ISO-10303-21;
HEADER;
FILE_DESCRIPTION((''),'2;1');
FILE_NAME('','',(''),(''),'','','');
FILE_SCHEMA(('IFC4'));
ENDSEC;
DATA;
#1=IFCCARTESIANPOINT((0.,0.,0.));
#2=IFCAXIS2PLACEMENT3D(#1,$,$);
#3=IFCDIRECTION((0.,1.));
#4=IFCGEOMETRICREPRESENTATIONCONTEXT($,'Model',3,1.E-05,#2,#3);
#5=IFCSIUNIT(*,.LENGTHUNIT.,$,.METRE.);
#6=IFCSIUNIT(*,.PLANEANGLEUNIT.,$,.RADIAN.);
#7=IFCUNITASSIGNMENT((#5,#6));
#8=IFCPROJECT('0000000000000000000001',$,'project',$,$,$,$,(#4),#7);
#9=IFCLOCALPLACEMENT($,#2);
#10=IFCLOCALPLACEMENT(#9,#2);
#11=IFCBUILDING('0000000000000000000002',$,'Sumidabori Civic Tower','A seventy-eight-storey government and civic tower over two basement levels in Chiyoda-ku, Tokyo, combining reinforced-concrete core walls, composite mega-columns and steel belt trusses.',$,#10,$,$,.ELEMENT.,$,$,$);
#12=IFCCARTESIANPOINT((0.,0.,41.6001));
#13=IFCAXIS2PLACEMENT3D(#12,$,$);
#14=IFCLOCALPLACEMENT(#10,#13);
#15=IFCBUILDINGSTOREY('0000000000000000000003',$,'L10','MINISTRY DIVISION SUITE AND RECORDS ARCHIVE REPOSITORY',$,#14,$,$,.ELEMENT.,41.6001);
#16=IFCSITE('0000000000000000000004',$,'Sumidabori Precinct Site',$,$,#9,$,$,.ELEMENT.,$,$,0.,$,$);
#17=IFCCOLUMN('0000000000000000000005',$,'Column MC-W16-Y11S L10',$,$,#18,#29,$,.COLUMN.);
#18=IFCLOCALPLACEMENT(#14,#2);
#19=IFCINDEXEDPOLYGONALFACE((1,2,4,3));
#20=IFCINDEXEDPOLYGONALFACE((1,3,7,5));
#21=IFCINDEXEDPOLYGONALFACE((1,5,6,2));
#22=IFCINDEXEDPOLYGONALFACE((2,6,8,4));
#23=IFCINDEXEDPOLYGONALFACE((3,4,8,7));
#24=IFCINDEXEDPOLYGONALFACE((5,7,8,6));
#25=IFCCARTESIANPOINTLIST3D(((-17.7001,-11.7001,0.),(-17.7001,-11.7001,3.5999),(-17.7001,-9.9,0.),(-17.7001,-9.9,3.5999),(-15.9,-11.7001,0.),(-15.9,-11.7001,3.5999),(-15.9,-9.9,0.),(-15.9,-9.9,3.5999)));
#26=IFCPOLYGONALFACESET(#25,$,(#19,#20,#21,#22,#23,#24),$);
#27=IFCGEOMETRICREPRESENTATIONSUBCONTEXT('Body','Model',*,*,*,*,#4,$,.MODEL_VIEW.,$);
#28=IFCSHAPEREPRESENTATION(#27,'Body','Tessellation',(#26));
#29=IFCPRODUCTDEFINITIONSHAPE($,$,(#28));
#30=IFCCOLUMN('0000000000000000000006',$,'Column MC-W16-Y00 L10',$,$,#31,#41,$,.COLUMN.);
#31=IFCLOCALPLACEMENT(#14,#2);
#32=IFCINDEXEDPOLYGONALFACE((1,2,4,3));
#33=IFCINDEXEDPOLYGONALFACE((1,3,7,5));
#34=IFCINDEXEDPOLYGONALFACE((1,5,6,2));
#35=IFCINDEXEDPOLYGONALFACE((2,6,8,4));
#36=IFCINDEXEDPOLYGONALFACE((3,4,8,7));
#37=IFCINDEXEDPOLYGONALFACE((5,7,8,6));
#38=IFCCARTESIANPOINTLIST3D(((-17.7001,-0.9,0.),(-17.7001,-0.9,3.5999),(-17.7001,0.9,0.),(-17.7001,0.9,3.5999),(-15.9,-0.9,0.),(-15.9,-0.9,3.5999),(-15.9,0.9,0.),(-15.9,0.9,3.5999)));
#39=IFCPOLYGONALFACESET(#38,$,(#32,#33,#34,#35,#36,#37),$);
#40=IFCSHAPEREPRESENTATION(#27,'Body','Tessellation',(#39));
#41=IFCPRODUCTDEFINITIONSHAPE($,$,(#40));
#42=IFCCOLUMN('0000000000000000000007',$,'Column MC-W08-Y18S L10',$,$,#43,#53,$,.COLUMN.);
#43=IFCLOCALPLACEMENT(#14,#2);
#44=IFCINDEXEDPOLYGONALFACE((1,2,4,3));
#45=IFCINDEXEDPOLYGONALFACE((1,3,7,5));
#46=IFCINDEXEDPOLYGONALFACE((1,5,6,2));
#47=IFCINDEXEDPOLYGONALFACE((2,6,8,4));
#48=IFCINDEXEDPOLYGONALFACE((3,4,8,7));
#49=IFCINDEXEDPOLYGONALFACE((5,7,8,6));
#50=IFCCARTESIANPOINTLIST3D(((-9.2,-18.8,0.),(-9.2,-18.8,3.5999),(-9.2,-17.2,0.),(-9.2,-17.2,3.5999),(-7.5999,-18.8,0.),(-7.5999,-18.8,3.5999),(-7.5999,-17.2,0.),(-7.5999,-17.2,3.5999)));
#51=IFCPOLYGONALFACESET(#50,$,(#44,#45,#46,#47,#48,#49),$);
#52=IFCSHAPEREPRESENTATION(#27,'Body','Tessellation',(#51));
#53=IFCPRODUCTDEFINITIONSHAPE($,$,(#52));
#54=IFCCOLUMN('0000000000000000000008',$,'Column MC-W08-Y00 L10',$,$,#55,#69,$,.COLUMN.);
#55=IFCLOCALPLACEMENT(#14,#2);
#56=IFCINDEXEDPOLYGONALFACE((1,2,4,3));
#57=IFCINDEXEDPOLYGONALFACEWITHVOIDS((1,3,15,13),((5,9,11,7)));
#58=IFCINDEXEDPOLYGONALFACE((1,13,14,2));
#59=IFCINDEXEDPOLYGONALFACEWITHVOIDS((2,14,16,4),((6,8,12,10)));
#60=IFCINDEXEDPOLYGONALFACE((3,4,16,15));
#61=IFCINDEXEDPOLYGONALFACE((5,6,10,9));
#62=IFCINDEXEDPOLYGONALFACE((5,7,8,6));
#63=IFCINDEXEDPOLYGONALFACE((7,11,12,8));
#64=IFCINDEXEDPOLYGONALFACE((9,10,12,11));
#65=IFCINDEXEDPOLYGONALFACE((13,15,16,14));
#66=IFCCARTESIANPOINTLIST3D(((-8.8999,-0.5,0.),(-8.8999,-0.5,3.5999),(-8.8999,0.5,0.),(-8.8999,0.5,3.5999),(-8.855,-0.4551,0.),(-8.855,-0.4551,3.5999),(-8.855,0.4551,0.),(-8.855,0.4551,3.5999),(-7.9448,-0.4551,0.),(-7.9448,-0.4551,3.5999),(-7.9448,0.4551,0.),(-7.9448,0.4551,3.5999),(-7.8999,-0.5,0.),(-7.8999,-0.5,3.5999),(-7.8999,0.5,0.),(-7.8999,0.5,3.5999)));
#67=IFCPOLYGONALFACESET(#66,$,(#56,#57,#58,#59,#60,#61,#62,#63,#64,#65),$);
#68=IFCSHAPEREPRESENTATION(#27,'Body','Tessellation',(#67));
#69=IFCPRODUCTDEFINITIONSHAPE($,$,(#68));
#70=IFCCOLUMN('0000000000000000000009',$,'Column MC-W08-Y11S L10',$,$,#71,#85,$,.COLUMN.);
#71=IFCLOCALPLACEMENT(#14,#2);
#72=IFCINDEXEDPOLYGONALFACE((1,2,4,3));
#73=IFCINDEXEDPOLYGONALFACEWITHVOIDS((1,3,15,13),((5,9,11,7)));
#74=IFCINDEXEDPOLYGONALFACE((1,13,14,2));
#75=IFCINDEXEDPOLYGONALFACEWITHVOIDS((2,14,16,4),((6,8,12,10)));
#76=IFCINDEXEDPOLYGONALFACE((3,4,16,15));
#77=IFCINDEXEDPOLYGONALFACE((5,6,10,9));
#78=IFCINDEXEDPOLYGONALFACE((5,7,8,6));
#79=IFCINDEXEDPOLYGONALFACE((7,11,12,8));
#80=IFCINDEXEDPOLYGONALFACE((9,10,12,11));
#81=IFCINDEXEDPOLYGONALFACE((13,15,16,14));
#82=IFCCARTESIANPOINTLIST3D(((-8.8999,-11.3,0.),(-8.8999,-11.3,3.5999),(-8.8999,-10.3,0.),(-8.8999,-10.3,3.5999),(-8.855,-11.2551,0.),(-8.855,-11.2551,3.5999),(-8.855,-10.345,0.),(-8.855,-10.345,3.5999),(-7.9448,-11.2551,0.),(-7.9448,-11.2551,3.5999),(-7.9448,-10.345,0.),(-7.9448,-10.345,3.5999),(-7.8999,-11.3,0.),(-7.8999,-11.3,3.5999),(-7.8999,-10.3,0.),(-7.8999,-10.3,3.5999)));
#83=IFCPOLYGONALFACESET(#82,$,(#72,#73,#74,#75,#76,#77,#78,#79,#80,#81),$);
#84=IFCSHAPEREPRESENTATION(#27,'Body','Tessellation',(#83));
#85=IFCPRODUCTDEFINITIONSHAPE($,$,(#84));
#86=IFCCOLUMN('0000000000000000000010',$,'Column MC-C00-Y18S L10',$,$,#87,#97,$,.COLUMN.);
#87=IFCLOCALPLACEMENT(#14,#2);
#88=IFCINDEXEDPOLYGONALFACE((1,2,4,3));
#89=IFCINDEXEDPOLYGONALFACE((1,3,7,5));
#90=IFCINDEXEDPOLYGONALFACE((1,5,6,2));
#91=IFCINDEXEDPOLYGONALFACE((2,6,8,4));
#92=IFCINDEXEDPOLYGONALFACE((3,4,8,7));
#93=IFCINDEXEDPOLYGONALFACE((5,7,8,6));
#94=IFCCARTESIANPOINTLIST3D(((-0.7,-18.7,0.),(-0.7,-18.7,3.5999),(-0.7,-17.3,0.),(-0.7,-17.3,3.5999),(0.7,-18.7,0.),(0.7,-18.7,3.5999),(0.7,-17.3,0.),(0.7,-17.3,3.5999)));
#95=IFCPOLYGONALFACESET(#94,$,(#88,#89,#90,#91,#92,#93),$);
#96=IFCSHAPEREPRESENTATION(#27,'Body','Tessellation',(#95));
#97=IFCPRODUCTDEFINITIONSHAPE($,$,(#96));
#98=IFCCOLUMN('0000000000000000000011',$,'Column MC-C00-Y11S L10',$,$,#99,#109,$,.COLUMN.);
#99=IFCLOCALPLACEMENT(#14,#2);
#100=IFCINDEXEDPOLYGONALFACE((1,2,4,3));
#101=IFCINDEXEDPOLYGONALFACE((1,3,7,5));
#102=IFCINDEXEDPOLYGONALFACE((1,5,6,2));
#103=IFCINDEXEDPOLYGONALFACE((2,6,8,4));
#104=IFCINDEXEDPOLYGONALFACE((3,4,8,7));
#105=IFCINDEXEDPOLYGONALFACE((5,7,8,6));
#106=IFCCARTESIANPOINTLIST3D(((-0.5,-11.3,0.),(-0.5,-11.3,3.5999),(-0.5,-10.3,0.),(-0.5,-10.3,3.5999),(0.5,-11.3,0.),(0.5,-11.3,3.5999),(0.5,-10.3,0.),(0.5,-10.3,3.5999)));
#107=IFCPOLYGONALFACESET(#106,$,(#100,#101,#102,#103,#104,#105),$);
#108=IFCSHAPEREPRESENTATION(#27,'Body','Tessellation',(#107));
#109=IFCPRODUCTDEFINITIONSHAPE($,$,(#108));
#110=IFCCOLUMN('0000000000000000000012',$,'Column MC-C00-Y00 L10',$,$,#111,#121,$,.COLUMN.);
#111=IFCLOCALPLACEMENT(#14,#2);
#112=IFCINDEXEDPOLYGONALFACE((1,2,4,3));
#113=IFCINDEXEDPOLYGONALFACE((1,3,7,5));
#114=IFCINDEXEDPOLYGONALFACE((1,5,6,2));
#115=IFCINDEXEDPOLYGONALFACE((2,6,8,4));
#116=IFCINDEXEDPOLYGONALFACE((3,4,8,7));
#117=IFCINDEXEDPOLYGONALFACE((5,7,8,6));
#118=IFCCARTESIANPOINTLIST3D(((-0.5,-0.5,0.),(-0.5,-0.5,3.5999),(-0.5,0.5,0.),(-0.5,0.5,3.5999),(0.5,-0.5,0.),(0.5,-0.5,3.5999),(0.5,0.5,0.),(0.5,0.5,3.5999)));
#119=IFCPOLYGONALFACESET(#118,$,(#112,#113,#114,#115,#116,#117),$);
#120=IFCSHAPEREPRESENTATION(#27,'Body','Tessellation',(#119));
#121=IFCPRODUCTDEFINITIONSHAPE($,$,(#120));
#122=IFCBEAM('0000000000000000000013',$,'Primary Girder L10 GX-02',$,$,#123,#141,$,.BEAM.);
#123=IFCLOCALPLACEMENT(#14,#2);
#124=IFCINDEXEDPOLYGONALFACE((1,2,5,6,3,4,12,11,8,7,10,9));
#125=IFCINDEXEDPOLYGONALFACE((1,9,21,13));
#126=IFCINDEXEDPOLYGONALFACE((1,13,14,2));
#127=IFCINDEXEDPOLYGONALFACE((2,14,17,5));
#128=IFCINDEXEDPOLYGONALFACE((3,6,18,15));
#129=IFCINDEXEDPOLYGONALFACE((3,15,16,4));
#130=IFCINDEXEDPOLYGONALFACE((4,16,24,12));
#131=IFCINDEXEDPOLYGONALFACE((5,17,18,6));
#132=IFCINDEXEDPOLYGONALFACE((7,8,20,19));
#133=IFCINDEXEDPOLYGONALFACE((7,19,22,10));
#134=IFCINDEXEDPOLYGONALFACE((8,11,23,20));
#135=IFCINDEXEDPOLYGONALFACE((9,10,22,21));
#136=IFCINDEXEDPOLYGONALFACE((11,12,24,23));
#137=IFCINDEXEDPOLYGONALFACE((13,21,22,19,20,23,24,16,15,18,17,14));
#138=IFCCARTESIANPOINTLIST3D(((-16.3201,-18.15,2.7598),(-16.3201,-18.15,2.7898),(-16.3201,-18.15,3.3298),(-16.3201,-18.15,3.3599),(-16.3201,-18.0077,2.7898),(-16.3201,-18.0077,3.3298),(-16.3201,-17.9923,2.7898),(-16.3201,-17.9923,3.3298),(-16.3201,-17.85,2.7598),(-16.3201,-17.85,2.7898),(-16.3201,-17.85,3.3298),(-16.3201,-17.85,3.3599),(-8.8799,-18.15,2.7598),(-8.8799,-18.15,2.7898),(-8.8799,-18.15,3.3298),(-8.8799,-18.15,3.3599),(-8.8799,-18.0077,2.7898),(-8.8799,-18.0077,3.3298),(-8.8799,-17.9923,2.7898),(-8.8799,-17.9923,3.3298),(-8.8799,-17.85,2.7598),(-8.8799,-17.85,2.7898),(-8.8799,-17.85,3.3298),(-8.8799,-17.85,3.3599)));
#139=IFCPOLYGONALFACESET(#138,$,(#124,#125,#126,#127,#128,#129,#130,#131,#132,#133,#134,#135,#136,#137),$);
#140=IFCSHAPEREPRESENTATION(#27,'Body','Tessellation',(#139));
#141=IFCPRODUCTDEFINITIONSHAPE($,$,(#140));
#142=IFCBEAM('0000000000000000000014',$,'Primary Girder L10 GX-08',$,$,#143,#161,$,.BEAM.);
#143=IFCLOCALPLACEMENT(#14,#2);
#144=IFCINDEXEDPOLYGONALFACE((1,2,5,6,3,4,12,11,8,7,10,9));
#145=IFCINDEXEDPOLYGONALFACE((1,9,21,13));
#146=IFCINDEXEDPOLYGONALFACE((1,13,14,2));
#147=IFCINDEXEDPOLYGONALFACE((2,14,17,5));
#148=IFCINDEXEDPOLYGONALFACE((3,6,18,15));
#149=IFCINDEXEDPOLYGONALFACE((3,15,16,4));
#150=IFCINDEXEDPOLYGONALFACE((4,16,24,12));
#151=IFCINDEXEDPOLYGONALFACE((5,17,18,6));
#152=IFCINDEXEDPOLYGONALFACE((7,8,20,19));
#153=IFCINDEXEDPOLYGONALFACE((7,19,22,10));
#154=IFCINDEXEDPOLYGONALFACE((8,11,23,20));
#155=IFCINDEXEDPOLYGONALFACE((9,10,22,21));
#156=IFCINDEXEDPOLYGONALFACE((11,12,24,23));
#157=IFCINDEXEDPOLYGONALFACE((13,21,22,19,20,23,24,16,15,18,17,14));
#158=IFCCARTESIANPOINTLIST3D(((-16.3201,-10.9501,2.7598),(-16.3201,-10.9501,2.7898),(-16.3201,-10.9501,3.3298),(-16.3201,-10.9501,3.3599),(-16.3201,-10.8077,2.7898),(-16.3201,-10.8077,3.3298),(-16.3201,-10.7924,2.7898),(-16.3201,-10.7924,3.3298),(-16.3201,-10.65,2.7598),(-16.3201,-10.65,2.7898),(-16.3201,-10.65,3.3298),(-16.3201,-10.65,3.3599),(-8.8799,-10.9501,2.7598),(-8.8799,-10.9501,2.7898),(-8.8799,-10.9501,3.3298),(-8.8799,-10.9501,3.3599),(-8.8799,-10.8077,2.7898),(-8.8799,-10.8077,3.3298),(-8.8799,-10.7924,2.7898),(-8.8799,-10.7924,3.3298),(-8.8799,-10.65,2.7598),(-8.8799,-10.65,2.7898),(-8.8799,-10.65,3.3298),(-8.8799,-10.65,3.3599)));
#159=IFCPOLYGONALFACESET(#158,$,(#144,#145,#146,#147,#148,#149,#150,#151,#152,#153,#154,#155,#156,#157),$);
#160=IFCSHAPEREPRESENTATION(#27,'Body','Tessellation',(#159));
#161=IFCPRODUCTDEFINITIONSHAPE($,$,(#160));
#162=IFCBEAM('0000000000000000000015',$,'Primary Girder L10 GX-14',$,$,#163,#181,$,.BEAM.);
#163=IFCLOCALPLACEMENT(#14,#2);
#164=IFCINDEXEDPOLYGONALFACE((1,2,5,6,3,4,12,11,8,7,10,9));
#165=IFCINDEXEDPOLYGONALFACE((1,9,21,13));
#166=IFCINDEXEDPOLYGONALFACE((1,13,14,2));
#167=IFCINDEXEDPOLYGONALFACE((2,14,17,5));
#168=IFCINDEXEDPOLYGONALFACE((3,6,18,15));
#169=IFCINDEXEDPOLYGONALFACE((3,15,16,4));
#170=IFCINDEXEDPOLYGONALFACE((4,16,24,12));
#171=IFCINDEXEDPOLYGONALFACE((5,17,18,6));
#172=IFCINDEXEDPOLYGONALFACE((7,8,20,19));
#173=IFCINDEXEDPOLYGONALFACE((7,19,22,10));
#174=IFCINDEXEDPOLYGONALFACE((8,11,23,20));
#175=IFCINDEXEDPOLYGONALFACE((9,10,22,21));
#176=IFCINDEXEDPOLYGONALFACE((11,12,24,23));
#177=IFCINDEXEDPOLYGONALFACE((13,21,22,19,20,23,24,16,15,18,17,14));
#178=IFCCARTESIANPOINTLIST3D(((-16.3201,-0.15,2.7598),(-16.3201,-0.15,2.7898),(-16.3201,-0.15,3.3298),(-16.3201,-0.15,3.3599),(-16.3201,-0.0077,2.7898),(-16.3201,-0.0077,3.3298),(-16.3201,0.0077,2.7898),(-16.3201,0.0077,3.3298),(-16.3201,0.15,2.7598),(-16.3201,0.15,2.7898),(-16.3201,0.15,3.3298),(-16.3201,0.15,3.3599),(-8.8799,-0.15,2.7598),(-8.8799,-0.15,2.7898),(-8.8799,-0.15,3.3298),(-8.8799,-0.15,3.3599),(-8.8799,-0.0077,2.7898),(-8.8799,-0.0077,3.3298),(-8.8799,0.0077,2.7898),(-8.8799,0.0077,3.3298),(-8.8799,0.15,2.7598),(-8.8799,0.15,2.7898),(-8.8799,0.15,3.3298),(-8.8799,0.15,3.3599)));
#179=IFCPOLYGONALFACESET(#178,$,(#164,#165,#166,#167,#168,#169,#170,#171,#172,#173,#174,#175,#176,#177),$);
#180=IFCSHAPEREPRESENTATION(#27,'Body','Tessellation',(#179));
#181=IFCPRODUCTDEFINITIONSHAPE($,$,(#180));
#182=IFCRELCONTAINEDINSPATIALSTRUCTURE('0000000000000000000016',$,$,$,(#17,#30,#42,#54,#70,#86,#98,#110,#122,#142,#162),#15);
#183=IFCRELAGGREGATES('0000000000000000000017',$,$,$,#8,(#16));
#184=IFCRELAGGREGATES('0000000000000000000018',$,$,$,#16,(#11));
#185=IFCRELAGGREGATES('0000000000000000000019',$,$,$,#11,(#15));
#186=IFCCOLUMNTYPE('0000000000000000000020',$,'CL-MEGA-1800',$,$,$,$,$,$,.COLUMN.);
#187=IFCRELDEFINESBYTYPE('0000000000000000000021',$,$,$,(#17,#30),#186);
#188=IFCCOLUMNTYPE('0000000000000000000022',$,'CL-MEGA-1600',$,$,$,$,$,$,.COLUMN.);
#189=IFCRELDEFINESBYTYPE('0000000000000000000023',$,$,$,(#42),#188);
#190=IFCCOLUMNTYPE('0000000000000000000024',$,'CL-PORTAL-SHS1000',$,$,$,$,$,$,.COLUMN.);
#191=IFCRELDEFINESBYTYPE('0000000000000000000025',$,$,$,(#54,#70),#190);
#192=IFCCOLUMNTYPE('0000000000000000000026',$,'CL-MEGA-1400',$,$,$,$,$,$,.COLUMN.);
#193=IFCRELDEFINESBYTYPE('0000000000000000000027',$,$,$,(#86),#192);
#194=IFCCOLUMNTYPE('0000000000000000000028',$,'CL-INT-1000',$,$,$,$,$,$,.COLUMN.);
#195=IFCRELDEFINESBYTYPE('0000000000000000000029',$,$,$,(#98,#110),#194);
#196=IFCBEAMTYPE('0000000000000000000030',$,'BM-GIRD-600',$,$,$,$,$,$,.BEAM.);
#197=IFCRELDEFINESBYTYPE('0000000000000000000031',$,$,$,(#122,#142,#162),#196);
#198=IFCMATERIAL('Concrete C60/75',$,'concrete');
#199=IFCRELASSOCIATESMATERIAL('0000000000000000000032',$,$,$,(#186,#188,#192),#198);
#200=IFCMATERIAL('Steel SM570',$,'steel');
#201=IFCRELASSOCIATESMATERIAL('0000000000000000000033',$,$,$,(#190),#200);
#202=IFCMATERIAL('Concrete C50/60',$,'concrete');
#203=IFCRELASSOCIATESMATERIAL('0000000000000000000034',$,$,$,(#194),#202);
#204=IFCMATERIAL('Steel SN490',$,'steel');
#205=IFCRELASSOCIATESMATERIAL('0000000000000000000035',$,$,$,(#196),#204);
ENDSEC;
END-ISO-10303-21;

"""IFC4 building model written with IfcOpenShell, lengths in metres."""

from ifc_helpers import new_model, si_unit, direction, frame, origin, origin_2d, place, context, subcontext, project, spatial, rectangle, hollow_rectangle, i_section, extrude, source, transform, mapped, material, material_profile, profile_set, type_object, element, save


model = new_model("IFC4")

# Units and contexts
model_context = context("Model", 3, precision=1e-05, world=origin(), true_north=direction((0.0, 1.0)))
body_context = subcontext(model_context, "Body", "Model", "MODEL_VIEW")
ifc_project = project(units=[si_unit("LENGTHUNIT", "METRE"), si_unit("PLANEANGLEUNIT", "RADIAN")], contexts=[model_context])

# Site, building, storey
site_placement = place(None, origin())
site = spatial("IfcSite", under=ifc_project, at=site_placement, Name="Sumidabori Precinct Site", CompositionType="ELEMENT", RefElevation=0.0)
building_placement = place(site_placement, origin())
building = spatial("IfcBuilding", under=site, at=building_placement, Name="Sumidabori Civic Tower", Description="A seventy-eight-storey government and civic tower over two basement levels in Chiyoda-ku, Tokyo, combining reinforced-concrete core walls, composite mega-columns and steel belt trusses.", CompositionType="ELEMENT")
storey_placement = place(building_placement, frame((0.0, 0.0, 41.6001)))
storey = spatial("IfcBuildingStorey", under=building, at=storey_placement, Name="L10", Description="MINISTRY DIVISION SUITE AND RECORDS ARCHIVE REPOSITORY", CompositionType="ELEMENT", Elevation=41.6001)

# Columns
ifc_material_1 = material(Name="Concrete C60/75", Category="concrete")
ifc_material_profile_1 = material_profile(ifc_material_1, rectangle(XDim=1.8, YDim=1.8, at=origin_2d()), Name="RC 1800x1800")
ifc_profile_set_1 = profile_set([ifc_material_profile_1], Name="Concrete C60/75")
column_type_1 = type_object("IfcColumnType", Name="CL-MEGA-1800", PredefinedType="COLUMN", material=ifc_profile_set_1)
shared_shape_1 = source(origin(), body_context, "Body", "SweptSolid", [
    extrude(rectangle(XDim=1.8, YDim=1.8, at=origin_2d()), origin(), (0.0, 0.0, 1.0), 3.5999),
])
for number, where, z_axis, x_axis, name in (
    (1, (-16.8, -10.8, 0.0), (0.0, 0.0, 1.0), (1.0, 0.0, 0.0), "Column MC-W16-Y11S L10"),
    (2, (-16.8, 0.0, 0.0), (0.0, 0.0, 1.0), (1.0, 0.0, 0.0), "Column MC-W16-Y00 L10"),
):
    element("IfcColumn", number, at=place(storey_placement, frame(where, z_axis=z_axis, x_axis=x_axis)), inside=storey, type_object=column_type_1, Name=name, PredefinedType="COLUMN", context=body_context, shape_type="MappedRepresentation", body=[
        mapped(shared_shape_1, transform((0.0, 0.0, 0.0), x_axis=(1.0, 0.0, 0.0), y_axis=(0.0, 1.0, 0.0), z_axis=(0.0, 0.0, 1.0), scale=1.0)),
    ])
ifc_material_profile_2 = material_profile(ifc_material_1, rectangle(XDim=1.6001, YDim=1.6001, at=origin_2d()), Name="RC 1600x1600")
ifc_profile_set_2 = profile_set([ifc_material_profile_2], Name="Concrete C60/75")
column_type_2 = type_object("IfcColumnType", Name="CL-MEGA-1600", PredefinedType="COLUMN", material=ifc_profile_set_2)
shared_shape_2 = source(origin(), body_context, "Body", "SweptSolid", [
    extrude(rectangle(XDim=1.6001, YDim=1.6001, at=origin_2d()), origin(), (0.0, 0.0, 1.0), 3.5999),
])
column_1_placement = place(storey_placement, frame((-8.3999, -18.0, 0.0), z_axis=(0.0, 0.0, 1.0), x_axis=(1.0, 0.0, 0.0)))
element("IfcColumn", 3, at=column_1_placement, inside=storey, type_object=column_type_2, Name="Column MC-W08-Y18S L10", PredefinedType="COLUMN", context=body_context, shape_type="MappedRepresentation", body=[
    mapped(shared_shape_2, transform((0.0, 0.0, 0.0), x_axis=(1.0, 0.0, 0.0), y_axis=(0.0, 1.0, 0.0), z_axis=(0.0, 0.0, 1.0), scale=1.0)),
])
ifc_material_2 = material(Name="Steel SM570", Category="steel")
ifc_material_profile_3 = material_profile(ifc_material_2, hollow_rectangle(XDim=1.0, YDim=1.0, WallThickness=0.0449, at=origin_2d()), Name="SHS 1000x1000x45")
ifc_profile_set_3 = profile_set([ifc_material_profile_3], Name="Steel SM570")
column_type_3 = type_object("IfcColumnType", Name="CL-PORTAL-SHS1000", PredefinedType="COLUMN", material=ifc_profile_set_3)
shared_shape_3 = source(origin(), body_context, "Body", "SweptSolid", [
    extrude(hollow_rectangle(XDim=1.0, YDim=1.0, WallThickness=0.0449, at=origin_2d()), origin(), (0.0, 0.0, 1.0), 3.5999),
])
for number, where, z_axis, x_axis, name in (
    (4, (-8.3999, 0.0, 0.0), (0.0, 0.0, 1.0), (1.0, 0.0, 0.0), "Column MC-W08-Y00 L10"),
    (5, (-8.3999, -10.8, 0.0), (0.0, 0.0, 1.0), (1.0, 0.0, 0.0), "Column MC-W08-Y11S L10"),
):
    element("IfcColumn", number, at=place(storey_placement, frame(where, z_axis=z_axis, x_axis=x_axis)), inside=storey, type_object=column_type_3, Name=name, PredefinedType="COLUMN", context=body_context, shape_type="MappedRepresentation", body=[
        mapped(shared_shape_3, transform((0.0, 0.0, 0.0), x_axis=(1.0, 0.0, 0.0), y_axis=(0.0, 1.0, 0.0), z_axis=(0.0, 0.0, 1.0), scale=1.0)),
    ])
ifc_material_profile_4 = material_profile(ifc_material_1, rectangle(XDim=1.3999, YDim=1.3999, at=origin_2d()), Name="RC 1400x1400")
ifc_profile_set_4 = profile_set([ifc_material_profile_4], Name="Concrete C60/75")
column_type_4 = type_object("IfcColumnType", Name="CL-MEGA-1400", PredefinedType="COLUMN", material=ifc_profile_set_4)
shared_shape_4 = source(origin(), body_context, "Body", "SweptSolid", [
    extrude(rectangle(XDim=1.3999, YDim=1.3999, at=origin_2d()), origin(), (0.0, 0.0, 1.0), 3.5999),
])
column_2_placement = place(storey_placement, frame((0.0, -18.0, 0.0), z_axis=(0.0, 0.0, 1.0), x_axis=(1.0, 0.0, 0.0)))
element("IfcColumn", 6, at=column_2_placement, inside=storey, type_object=column_type_4, Name="Column MC-C00-Y18S L10", PredefinedType="COLUMN", context=body_context, shape_type="MappedRepresentation", body=[
    mapped(shared_shape_4, transform((0.0, 0.0, 0.0), x_axis=(1.0, 0.0, 0.0), y_axis=(0.0, 1.0, 0.0), z_axis=(0.0, 0.0, 1.0), scale=1.0)),
])
ifc_material_3 = material(Name="Concrete C50/60", Category="concrete")
ifc_material_profile_5 = material_profile(ifc_material_3, rectangle(XDim=1.0, YDim=1.0, at=origin_2d()), Name="RC 1000x1000")
ifc_profile_set_5 = profile_set([ifc_material_profile_5], Name="Concrete C50/60")
column_type_5 = type_object("IfcColumnType", Name="CL-INT-1000", PredefinedType="COLUMN", material=ifc_profile_set_5)
shared_shape_5 = source(origin(), body_context, "Body", "SweptSolid", [
    extrude(rectangle(XDim=1.0, YDim=1.0, at=origin_2d()), origin(), (0.0, 0.0, 1.0), 3.5999),
])
for number, where, z_axis, x_axis, name in (
    (7, (0.0, -10.8, 0.0), (0.0, 0.0, 1.0), (1.0, 0.0, 0.0), "Column MC-C00-Y11S L10"),
    (8, (0.0, 0.0, 0.0), (0.0, 0.0, 1.0), (1.0, 0.0, 0.0), "Column MC-C00-Y00 L10"),
):
    element("IfcColumn", number, at=place(storey_placement, frame(where, z_axis=z_axis, x_axis=x_axis)), inside=storey, type_object=column_type_5, Name=name, PredefinedType="COLUMN", context=body_context, shape_type="MappedRepresentation", body=[
        mapped(shared_shape_5, transform((0.0, 0.0, 0.0), x_axis=(1.0, 0.0, 0.0), y_axis=(0.0, 1.0, 0.0), z_axis=(0.0, 0.0, 1.0), scale=1.0)),
    ])

# Beams
ifc_material_4 = material(Name="Steel SN490", Category="steel")
ifc_material_profile_6 = material_profile(ifc_material_4, i_section(OverallWidth=0.3, OverallDepth=0.6001, WebThickness=0.0154, FlangeThickness=0.03, at=origin_2d()), Name="HE 600 B")
ifc_profile_set_6 = profile_set([ifc_material_profile_6], Name="Steel SN490")
beam_type_1 = type_object("IfcBeamType", Name="BM-GIRD-600", PredefinedType="BEAM", material=ifc_profile_set_6)
shared_shape_6 = source(origin(), body_context, "Body", "SweptSolid", [
    extrude(i_section(OverallWidth=0.3, OverallDepth=0.6001, WebThickness=0.0154, FlangeThickness=0.03, at=origin_2d()), origin(), (0.0, 0.0, 1.0), 7.4402),
])
for number, where, z_axis, x_axis, name in (
    (9, (-16.3201, -18.0, 3.0598), (1.0, 0.0, 0.0), (0.0, 1.0, 0.0), "Primary Girder L10 GX-02"),
    (10, (-16.3201, -10.8, 3.0598), (1.0, 0.0, 0.0), (0.0, 1.0, 0.0), "Primary Girder L10 GX-08"),
    (11, (-16.3201, 0.0, 3.0598), (1.0, 0.0, 0.0), (0.0, 1.0, 0.0), "Primary Girder L10 GX-14"),
):
    element("IfcBeam", number, at=place(storey_placement, frame(where, z_axis=z_axis, x_axis=x_axis)), inside=storey, type_object=beam_type_1, Name=name, PredefinedType="BEAM", context=body_context, shape_type="MappedRepresentation", body=[
        mapped(shared_shape_6, transform((0.0, 0.0, 0.0), x_axis=(1.0, 0.0, 0.0), y_axis=(0.0, 1.0, 0.0), z_axis=(0.0, 0.0, 1.0), scale=1.0)),
    ])

save(model, "model.ifc")
